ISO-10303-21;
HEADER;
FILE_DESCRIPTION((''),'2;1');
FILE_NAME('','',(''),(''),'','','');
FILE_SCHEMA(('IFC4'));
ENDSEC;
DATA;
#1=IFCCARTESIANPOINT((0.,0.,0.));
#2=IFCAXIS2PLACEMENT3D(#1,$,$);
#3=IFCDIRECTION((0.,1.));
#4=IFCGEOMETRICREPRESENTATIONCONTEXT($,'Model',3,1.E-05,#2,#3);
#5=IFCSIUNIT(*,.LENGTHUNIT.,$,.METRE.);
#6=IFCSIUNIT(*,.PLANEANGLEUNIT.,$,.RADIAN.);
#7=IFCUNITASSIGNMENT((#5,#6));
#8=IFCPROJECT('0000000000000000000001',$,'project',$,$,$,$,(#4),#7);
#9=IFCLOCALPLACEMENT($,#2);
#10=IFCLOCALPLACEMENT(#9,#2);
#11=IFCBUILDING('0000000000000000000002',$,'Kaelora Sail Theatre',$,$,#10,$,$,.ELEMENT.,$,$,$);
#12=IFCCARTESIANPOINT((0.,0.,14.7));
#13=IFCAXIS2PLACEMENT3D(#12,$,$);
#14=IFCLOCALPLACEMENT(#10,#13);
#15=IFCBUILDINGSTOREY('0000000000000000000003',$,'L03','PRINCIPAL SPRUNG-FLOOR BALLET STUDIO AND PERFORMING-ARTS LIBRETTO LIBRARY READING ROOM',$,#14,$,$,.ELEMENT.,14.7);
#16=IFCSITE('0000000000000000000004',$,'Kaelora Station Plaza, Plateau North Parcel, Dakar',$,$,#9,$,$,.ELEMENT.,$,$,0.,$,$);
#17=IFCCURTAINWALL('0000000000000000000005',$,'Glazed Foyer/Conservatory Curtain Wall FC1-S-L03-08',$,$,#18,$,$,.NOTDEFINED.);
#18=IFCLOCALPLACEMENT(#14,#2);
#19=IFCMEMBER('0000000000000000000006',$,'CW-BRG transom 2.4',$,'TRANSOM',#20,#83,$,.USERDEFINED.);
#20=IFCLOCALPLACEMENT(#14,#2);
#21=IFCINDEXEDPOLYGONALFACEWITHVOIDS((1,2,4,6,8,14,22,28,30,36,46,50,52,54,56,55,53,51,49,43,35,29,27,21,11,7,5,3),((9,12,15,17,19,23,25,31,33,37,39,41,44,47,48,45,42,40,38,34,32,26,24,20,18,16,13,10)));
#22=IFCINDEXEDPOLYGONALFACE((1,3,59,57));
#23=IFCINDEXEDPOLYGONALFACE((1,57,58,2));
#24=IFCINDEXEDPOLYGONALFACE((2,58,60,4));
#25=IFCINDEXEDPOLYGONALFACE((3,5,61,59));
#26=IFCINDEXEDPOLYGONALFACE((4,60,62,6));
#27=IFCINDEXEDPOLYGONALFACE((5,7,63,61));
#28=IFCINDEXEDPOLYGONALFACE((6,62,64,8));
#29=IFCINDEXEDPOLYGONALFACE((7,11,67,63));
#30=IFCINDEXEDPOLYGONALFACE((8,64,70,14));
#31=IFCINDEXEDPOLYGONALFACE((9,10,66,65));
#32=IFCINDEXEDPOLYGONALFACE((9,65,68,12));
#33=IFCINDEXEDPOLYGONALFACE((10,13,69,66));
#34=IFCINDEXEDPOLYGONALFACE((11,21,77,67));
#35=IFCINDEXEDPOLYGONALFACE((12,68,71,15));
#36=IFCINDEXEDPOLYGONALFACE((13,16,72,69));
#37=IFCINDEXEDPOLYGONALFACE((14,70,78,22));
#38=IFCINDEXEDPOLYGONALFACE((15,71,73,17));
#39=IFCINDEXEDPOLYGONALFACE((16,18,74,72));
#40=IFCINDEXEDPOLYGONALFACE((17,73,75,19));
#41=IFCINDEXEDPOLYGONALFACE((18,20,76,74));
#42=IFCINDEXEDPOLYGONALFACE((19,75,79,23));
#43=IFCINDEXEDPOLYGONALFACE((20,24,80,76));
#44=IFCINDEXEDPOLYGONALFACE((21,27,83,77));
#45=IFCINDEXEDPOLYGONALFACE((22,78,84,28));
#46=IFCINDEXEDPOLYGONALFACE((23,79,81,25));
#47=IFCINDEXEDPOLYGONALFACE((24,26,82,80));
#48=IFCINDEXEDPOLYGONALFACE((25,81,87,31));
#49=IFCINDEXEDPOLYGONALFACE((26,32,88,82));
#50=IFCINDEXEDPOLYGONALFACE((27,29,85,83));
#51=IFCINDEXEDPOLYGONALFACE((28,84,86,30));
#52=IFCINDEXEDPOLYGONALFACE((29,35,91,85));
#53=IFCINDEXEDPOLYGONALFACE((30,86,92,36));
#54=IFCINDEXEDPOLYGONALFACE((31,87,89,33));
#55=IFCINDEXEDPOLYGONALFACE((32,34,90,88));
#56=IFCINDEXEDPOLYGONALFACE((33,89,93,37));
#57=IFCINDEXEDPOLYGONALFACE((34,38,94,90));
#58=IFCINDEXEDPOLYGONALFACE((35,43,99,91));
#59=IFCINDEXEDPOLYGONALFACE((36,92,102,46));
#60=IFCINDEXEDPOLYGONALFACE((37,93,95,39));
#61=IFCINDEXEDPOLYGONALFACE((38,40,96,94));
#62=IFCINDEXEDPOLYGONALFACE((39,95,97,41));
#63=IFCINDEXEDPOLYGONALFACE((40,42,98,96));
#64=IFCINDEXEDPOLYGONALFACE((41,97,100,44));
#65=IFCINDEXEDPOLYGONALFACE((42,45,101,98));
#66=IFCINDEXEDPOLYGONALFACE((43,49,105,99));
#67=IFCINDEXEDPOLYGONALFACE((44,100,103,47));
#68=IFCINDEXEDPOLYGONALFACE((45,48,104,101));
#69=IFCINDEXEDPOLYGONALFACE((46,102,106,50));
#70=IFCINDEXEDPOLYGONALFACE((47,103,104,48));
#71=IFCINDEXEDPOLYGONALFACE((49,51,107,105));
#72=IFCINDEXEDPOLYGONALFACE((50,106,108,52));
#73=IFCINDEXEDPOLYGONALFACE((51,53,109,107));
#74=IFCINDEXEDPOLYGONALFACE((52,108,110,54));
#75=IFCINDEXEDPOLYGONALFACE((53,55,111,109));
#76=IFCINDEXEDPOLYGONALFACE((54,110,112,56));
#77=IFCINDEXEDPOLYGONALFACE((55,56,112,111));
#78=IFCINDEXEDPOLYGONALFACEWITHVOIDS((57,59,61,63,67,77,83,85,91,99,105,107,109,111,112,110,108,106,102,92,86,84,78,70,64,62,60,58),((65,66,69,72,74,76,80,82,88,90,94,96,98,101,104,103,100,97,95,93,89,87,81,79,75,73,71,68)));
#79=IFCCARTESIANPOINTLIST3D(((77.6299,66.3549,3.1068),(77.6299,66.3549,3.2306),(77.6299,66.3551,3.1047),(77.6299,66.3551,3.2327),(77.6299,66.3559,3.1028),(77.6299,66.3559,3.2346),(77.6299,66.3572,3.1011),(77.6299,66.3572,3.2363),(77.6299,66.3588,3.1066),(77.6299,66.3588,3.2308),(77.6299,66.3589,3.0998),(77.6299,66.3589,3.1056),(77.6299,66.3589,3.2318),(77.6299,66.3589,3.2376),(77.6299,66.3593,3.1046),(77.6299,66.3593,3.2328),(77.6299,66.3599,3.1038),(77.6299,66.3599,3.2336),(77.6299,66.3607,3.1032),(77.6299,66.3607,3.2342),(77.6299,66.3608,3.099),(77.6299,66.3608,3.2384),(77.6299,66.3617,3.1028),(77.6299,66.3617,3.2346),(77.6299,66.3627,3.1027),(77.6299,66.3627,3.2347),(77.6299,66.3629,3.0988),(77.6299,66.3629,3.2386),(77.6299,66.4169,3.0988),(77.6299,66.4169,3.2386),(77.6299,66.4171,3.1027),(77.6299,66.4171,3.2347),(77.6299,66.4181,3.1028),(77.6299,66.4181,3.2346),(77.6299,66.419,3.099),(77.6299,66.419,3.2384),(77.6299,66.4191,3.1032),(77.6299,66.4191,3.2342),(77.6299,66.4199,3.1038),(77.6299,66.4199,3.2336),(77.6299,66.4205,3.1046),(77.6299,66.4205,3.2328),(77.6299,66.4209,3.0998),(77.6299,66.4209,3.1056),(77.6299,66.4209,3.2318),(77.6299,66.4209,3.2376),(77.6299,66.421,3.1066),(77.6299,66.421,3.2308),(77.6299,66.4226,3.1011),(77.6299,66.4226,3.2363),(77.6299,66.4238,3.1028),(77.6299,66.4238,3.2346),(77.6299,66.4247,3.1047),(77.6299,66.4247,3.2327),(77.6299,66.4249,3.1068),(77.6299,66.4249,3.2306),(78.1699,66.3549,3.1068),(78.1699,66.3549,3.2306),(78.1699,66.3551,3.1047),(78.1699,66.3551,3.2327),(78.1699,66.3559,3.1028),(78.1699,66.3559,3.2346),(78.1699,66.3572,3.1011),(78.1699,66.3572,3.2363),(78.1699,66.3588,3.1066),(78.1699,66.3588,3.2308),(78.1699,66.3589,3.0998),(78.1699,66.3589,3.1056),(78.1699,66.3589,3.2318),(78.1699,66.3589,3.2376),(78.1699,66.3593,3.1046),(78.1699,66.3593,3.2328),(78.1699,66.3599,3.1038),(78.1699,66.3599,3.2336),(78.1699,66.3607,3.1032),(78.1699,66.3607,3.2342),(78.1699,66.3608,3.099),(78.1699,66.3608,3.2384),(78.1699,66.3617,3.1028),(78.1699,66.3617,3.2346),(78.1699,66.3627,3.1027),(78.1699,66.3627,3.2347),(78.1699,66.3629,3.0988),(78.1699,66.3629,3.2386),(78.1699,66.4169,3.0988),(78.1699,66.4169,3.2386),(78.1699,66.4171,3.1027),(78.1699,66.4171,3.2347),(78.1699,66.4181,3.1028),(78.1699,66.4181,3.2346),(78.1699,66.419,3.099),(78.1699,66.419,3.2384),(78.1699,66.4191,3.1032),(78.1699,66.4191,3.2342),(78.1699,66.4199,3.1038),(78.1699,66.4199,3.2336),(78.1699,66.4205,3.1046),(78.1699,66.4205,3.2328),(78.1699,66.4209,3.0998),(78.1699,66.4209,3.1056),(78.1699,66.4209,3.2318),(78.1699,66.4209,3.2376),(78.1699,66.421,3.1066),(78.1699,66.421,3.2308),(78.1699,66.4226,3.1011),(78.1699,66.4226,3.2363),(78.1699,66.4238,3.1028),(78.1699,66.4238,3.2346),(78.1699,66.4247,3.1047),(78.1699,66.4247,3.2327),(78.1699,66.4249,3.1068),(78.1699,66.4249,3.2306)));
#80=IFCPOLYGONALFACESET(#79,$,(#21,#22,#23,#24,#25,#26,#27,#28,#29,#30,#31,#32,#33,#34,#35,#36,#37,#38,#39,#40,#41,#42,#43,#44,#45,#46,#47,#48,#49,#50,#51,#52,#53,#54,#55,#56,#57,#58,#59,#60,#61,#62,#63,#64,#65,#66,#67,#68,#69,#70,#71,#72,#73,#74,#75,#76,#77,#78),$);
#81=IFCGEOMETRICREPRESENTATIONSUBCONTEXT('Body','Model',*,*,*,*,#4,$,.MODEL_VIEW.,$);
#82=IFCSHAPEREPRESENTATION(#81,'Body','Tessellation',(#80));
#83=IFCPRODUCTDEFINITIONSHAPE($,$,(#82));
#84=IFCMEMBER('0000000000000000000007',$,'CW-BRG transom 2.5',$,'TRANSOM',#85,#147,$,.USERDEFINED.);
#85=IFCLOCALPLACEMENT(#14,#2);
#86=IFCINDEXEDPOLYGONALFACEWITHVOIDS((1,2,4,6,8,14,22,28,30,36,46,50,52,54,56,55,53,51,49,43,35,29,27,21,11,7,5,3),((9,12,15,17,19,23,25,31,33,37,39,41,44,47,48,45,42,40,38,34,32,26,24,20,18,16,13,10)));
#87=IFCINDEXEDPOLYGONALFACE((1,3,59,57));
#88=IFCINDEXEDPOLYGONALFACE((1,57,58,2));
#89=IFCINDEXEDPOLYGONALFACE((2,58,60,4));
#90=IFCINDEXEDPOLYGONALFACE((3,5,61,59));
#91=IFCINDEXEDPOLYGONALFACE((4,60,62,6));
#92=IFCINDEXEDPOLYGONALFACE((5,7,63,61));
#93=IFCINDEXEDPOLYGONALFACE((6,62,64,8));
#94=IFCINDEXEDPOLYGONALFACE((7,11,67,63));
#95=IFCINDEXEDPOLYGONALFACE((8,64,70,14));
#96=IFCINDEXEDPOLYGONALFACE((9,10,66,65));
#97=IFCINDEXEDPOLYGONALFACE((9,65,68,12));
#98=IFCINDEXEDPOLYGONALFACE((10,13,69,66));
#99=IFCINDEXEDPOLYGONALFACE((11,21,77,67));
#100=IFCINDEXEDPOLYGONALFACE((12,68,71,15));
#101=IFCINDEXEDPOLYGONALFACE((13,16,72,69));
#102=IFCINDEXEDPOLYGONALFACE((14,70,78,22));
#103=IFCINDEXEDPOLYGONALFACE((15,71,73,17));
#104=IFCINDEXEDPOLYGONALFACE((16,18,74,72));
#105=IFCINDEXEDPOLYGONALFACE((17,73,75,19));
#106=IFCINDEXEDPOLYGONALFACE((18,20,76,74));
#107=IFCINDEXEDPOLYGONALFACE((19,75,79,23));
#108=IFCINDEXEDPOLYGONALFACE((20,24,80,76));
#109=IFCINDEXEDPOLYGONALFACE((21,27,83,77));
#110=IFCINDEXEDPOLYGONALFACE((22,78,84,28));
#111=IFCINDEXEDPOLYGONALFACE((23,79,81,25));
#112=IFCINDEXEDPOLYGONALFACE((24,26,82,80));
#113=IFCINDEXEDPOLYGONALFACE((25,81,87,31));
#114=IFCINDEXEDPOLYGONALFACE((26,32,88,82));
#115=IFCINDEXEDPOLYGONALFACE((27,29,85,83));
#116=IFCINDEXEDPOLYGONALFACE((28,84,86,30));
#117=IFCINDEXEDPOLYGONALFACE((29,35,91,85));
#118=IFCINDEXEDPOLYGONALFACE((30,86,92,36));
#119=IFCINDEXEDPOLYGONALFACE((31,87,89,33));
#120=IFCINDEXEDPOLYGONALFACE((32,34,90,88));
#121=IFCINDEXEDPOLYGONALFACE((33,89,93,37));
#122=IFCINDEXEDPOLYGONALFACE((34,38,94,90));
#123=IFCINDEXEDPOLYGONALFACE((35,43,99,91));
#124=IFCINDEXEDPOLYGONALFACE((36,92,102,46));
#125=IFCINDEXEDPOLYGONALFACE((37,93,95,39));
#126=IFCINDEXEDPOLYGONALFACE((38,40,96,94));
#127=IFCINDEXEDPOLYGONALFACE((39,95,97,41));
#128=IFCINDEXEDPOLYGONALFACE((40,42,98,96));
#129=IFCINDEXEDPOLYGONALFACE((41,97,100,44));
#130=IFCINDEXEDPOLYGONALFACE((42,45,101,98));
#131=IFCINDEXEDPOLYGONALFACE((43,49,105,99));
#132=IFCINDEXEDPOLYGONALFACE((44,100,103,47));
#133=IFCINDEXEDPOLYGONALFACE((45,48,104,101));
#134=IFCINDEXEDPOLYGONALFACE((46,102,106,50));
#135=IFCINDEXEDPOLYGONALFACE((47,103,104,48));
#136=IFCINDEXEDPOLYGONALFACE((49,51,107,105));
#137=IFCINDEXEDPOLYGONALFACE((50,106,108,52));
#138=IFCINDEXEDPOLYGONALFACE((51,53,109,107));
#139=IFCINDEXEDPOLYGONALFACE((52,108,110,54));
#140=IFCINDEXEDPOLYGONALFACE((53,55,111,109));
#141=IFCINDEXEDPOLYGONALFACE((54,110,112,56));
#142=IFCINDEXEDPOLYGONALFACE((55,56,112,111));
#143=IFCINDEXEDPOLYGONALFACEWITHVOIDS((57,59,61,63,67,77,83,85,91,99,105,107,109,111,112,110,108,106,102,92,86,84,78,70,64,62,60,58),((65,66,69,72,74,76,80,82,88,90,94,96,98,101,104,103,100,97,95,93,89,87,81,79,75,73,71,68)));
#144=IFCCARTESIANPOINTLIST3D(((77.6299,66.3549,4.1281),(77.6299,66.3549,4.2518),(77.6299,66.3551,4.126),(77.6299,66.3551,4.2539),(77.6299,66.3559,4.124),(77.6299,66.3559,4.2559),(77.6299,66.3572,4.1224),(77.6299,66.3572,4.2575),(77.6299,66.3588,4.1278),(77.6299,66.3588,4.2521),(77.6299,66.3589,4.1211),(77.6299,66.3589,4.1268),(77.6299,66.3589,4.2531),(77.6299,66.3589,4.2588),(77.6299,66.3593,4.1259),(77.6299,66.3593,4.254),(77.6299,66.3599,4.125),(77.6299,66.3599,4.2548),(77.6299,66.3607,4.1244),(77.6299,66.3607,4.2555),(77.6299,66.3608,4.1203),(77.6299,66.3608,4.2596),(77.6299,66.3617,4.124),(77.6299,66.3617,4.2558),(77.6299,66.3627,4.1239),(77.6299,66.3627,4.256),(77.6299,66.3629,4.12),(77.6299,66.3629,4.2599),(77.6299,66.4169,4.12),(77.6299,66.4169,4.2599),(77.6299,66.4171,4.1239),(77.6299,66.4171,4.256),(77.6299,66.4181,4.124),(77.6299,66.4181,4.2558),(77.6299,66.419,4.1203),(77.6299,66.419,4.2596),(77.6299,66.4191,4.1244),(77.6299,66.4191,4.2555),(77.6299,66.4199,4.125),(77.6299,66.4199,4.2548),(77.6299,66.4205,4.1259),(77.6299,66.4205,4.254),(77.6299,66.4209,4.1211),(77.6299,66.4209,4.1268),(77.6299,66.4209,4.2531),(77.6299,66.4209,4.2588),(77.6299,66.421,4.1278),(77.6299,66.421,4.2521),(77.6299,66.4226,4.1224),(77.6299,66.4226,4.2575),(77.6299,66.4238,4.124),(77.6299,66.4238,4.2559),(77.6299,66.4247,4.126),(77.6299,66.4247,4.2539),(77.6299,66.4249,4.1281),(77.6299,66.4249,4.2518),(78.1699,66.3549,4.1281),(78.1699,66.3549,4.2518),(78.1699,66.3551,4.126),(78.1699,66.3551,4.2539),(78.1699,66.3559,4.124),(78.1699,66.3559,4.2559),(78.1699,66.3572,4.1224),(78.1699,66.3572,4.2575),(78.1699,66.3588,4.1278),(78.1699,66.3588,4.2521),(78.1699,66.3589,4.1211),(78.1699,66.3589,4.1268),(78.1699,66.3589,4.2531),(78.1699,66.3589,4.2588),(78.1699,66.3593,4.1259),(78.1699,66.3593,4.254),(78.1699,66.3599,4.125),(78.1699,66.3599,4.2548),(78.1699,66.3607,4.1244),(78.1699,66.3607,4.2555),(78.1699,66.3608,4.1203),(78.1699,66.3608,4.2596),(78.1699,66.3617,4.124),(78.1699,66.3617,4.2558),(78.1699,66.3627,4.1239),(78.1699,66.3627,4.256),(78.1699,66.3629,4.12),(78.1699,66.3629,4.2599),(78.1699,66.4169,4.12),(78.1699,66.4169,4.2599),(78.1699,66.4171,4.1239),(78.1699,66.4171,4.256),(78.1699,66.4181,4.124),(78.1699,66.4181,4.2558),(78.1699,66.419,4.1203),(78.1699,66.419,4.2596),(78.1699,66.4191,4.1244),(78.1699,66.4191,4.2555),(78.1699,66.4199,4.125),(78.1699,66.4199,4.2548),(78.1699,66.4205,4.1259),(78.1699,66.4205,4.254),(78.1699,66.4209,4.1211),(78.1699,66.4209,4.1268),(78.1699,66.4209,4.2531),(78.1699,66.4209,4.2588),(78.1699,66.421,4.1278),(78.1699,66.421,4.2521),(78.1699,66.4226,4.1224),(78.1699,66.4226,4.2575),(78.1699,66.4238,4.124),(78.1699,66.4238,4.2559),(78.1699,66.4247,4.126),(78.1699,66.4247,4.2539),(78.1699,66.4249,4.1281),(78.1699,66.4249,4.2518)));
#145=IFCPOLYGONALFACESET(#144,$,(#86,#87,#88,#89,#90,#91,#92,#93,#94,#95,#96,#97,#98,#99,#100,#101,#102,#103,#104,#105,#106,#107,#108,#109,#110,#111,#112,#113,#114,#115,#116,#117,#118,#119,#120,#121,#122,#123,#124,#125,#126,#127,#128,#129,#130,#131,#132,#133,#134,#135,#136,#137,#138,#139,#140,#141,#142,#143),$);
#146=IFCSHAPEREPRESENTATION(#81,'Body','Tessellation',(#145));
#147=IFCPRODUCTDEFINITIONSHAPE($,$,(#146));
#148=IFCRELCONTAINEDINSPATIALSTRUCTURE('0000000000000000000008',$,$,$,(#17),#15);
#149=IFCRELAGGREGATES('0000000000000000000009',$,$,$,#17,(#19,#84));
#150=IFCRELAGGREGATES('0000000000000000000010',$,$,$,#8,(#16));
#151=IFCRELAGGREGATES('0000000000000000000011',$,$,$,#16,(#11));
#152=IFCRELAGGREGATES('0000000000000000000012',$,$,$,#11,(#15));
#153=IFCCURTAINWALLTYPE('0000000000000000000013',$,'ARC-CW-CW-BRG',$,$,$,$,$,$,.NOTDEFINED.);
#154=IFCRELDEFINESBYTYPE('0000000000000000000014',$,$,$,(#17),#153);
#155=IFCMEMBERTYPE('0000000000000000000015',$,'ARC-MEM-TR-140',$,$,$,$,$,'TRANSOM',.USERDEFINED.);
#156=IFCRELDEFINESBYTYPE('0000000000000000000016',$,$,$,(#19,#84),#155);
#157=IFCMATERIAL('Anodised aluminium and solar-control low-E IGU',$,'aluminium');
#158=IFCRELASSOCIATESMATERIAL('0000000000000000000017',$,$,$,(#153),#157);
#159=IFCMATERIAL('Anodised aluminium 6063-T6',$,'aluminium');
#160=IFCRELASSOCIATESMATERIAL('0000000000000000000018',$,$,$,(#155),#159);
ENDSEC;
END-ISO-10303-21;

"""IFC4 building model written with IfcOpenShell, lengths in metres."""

from ifc_helpers import new_model, si_unit, direction, frame, origin, origin_2d, place, context, subcontext, project, spatial, hollow_rectangle, extrude, material, material_profile, profile_set, type_object, element, aggregate, save


model = new_model("IFC4")

# Units and contexts
model_context = context("Model", 3, precision=1e-05, world=origin(), true_north=direction((0.0, 1.0)))
body_context = subcontext(model_context, "Body", "Model", "MODEL_VIEW")
ifc_project = project(units=[si_unit("LENGTHUNIT", "METRE"), si_unit("PLANEANGLEUNIT", "RADIAN")], contexts=[model_context])

# Site, building, storey
site_placement = place(None, origin())
site = spatial("IfcSite", under=ifc_project, at=site_placement, Name="Kaelora Station Plaza, Plateau North Parcel, Dakar", CompositionType="ELEMENT", RefElevation=0.0)
building_placement = place(site_placement, origin())
building = spatial("IfcBuilding", under=site, at=building_placement, Name="Kaelora Sail Theatre", CompositionType="ELEMENT")
storey_placement = place(building_placement, frame((0.0, 0.0, 14.7)))
storey = spatial("IfcBuildingStorey", under=building, at=storey_placement, Name="L03", Description="PRINCIPAL SPRUNG-FLOOR BALLET STUDIO AND PERFORMING-ARTS LIBRETTO LIBRARY READING ROOM", CompositionType="ELEMENT", Elevation=14.7)

# Curtain wall, members
ifc_material_1 = material(Name="Anodised aluminium and solar-control low-E IGU", Category="aluminium")
curtain_wall_type = type_object("IfcCurtainWallType", Name="ARC-CW-CW-BRG", PredefinedType="NOTDEFINED", material=ifc_material_1)
ifc_material_2 = material(Name="Anodised aluminium 6063-T6", Category="aluminium")
ifc_material_profile = material_profile(ifc_material_2, hollow_rectangle(XDim=0.0701, YDim=0.1399, WallThickness=0.0039, InnerFilletRadius=0.0039, OuterFilletRadius=0.0081, at=origin_2d()), Name="ALU-TRAN 70x140x4")
ifc_profile_set = profile_set([ifc_material_profile], Name="Anodised aluminium 6063-T6")
member_type = type_object("IfcMemberType", Name="ARC-MEM-TR-140", ElementType="TRANSOM", PredefinedType="USERDEFINED", material=ifc_profile_set)
curtain_wall_1_placement = place(storey_placement, origin())
curtain_wall_1 = element("IfcCurtainWall", 1, at=curtain_wall_1_placement, inside=storey, type_object=curtain_wall_type, Name="Glazed Foyer/Conservatory Curtain Wall FC1-S-L03-08", PredefinedType="NOTDEFINED")
member_1_placement = place(storey_placement, frame((77.6299, 66.3899, 3.1687), z_axis=(1.0, 0.0, 0.0), x_axis=(0.0, 1.0, 0.0)))
member_1 = element("IfcMember", 2, at=member_1_placement, type_object=member_type, Name="CW-BRG transom 2.4", ObjectType="TRANSOM", PredefinedType="USERDEFINED", context=body_context, shape_type="SweptSolid", body=[
    extrude(hollow_rectangle(XDim=0.0701, YDim=0.1399, WallThickness=0.0039, InnerFilletRadius=0.0039, OuterFilletRadius=0.0081, at=origin_2d()), origin(), (0.0, 0.0, 1.0), 0.54),
])
member_2_placement = place(storey_placement, frame((77.6299, 66.3899, 4.1899), z_axis=(1.0, 0.0, 0.0), x_axis=(0.0, 1.0, 0.0)))
member_2 = element("IfcMember", 3, at=member_2_placement, type_object=member_type, Name="CW-BRG transom 2.5", ObjectType="TRANSOM", PredefinedType="USERDEFINED", context=body_context, shape_type="SweptSolid", body=[
    extrude(hollow_rectangle(XDim=0.0701, YDim=0.1399, WallThickness=0.0039, InnerFilletRadius=0.0039, OuterFilletRadius=0.0081, at=origin_2d()), origin(), (0.0, 0.0, 1.0), 0.54),
])

aggregate(curtain_wall_1, [member_1, member_2])

save(model, "model.ifc")
